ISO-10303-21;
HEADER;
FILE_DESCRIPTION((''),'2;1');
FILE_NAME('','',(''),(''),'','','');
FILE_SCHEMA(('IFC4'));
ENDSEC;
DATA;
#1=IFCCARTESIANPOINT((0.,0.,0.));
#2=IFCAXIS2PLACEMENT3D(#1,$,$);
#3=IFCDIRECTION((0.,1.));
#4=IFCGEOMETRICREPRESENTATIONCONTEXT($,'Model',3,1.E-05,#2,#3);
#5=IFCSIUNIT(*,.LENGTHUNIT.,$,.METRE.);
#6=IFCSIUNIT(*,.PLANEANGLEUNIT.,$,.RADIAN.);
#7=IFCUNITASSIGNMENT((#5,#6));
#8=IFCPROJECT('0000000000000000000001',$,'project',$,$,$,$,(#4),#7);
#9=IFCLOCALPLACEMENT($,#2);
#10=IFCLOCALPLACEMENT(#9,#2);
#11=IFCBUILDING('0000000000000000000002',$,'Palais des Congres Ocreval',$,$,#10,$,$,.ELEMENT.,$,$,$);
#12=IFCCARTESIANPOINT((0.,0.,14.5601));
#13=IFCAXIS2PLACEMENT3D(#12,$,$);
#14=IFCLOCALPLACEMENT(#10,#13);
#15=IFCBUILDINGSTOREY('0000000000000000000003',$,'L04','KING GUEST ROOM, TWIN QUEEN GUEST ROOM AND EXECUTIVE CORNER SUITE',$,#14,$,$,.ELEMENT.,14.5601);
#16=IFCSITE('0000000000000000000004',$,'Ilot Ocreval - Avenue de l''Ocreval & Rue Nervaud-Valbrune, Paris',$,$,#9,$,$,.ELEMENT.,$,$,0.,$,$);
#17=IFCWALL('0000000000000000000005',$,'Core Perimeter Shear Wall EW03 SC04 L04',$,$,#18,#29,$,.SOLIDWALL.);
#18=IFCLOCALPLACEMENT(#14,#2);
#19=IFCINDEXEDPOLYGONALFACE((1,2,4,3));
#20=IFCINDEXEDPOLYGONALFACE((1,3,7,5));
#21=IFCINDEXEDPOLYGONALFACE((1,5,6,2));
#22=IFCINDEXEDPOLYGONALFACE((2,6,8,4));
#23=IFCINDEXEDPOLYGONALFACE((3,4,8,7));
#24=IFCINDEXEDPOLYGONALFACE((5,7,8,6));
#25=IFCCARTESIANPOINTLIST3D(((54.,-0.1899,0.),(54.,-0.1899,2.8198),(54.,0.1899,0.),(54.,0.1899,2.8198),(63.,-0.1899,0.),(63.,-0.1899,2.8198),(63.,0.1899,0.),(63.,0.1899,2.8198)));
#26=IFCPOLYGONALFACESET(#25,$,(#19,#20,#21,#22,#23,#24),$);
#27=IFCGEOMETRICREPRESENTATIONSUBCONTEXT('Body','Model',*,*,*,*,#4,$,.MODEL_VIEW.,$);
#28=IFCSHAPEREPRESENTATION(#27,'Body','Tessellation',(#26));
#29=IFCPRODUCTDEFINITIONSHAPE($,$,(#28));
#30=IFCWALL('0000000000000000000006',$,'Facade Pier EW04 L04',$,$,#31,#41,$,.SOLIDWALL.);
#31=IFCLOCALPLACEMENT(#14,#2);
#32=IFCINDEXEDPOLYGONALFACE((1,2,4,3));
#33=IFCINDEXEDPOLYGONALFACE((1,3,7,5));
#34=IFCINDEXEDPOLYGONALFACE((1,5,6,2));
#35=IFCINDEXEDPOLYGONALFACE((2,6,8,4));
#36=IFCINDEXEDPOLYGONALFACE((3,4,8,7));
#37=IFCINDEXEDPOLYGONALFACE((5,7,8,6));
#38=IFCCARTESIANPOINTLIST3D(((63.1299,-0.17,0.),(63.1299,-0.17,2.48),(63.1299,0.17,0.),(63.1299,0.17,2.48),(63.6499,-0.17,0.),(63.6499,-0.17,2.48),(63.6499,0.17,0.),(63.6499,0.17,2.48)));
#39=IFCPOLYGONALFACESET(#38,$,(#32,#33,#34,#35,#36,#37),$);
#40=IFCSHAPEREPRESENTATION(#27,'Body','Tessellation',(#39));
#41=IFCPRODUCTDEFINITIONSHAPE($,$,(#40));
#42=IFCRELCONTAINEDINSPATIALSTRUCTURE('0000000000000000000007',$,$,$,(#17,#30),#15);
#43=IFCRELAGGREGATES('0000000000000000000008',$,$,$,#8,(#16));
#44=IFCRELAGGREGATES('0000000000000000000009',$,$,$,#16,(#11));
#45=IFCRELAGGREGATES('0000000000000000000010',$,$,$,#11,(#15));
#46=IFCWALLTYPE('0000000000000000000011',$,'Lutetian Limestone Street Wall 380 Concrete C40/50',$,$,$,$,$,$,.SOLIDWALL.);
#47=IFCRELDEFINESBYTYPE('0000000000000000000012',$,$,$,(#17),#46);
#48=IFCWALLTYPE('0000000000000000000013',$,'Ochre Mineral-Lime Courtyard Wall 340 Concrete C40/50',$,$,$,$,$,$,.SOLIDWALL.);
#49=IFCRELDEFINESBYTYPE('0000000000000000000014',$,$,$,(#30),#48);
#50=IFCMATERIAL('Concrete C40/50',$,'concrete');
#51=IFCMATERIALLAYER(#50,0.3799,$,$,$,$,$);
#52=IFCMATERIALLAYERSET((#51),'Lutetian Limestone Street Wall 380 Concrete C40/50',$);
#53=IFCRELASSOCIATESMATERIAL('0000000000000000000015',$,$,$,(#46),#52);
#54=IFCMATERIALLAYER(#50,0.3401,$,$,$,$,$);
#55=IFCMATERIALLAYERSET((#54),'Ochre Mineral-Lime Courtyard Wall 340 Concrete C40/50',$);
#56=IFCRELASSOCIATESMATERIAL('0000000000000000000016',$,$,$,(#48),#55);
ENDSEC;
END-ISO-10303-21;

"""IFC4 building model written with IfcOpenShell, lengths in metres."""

from ifc_helpers import new_model, si_unit, direction, frame, frame_2d, origin, place, context, subcontext, project, spatial, rectangle, extrude, material, layer, layer_set, type_object, element, save


model = new_model("IFC4")

# Units and contexts
model_context = context("Model", 3, precision=1e-05, world=origin(), true_north=direction((0.0, 1.0)))
body_context = subcontext(model_context, "Body", "Model", "MODEL_VIEW")
ifc_project = project(units=[si_unit("LENGTHUNIT", "METRE"), si_unit("PLANEANGLEUNIT", "RADIAN")], contexts=[model_context])

# Site, building, storey
site_placement = place(None, origin())
site = spatial("IfcSite", under=ifc_project, at=site_placement, Name="Ilot Ocreval - Avenue de l'Ocreval & Rue Nervaud-Valbrune, Paris", CompositionType="ELEMENT", RefElevation=0.0)
building_placement = place(site_placement, origin())
building = spatial("IfcBuilding", under=site, at=building_placement, Name="Palais des Congres Ocreval", CompositionType="ELEMENT")
storey_placement = place(building_placement, frame((0.0, 0.0, 14.5601)))
storey = spatial("IfcBuildingStorey", under=building, at=storey_placement, Name="L04", Description="KING GUEST ROOM, TWIN QUEEN GUEST ROOM AND EXECUTIVE CORNER SUITE", CompositionType="ELEMENT", Elevation=14.5601)

# Shared definitions
ifc_material_1 = material(Name="Concrete C40/50", Category="concrete")

# Walls
ifc_layer_1 = layer(ifc_material_1, 0.3799)
ifc_layer_set_1 = layer_set([ifc_layer_1], Name="Lutetian Limestone Street Wall 380 Concrete C40/50")
wall_type_1 = type_object("IfcWallType", Name="Lutetian Limestone Street Wall 380 Concrete C40/50", PredefinedType="SOLIDWALL", material=ifc_layer_set_1)
wall_1_placement = place(storey_placement, frame((63.0, 0.0, 0.0), z_axis=(0.0, 0.0, 1.0), x_axis=(-1.0, 0.0, 0.0)))
element("IfcWall", 1, at=wall_1_placement, inside=storey, type_object=wall_type_1, Name="Core Perimeter Shear Wall EW03 SC04 L04", PredefinedType="SOLIDWALL", context=body_context, shape_type="SweptSolid", body=[
    extrude(rectangle(XDim=9.0, YDim=0.3799, at=frame_2d((4.5, 0.0))), origin(), (0.0, 0.0, 1.0), 2.8198),
])
ifc_layer_2 = layer(ifc_material_1, 0.3401)
ifc_layer_set_2 = layer_set([ifc_layer_2], Name="Ochre Mineral-Lime Courtyard Wall 340 Concrete C40/50")
wall_type_2 = type_object("IfcWallType", Name="Ochre Mineral-Lime Courtyard Wall 340 Concrete C40/50", PredefinedType="SOLIDWALL", material=ifc_layer_set_2)
wall_2_placement = place(storey_placement, frame((63.6499, 0.0, 0.0), z_axis=(0.0, 0.0, 1.0), x_axis=(-1.0, 0.0, 0.0)))
element("IfcWall", 2, at=wall_2_placement, inside=storey, type_object=wall_type_2, Name="Facade Pier EW04 L04", PredefinedType="SOLIDWALL", context=body_context, shape_type="SweptSolid", body=[
    extrude(rectangle(XDim=0.52, YDim=0.3401, at=frame_2d((0.26, 0.0))), origin(), (0.0, 0.0, 1.0), 2.48),
])

save(model, "model.ifc")
